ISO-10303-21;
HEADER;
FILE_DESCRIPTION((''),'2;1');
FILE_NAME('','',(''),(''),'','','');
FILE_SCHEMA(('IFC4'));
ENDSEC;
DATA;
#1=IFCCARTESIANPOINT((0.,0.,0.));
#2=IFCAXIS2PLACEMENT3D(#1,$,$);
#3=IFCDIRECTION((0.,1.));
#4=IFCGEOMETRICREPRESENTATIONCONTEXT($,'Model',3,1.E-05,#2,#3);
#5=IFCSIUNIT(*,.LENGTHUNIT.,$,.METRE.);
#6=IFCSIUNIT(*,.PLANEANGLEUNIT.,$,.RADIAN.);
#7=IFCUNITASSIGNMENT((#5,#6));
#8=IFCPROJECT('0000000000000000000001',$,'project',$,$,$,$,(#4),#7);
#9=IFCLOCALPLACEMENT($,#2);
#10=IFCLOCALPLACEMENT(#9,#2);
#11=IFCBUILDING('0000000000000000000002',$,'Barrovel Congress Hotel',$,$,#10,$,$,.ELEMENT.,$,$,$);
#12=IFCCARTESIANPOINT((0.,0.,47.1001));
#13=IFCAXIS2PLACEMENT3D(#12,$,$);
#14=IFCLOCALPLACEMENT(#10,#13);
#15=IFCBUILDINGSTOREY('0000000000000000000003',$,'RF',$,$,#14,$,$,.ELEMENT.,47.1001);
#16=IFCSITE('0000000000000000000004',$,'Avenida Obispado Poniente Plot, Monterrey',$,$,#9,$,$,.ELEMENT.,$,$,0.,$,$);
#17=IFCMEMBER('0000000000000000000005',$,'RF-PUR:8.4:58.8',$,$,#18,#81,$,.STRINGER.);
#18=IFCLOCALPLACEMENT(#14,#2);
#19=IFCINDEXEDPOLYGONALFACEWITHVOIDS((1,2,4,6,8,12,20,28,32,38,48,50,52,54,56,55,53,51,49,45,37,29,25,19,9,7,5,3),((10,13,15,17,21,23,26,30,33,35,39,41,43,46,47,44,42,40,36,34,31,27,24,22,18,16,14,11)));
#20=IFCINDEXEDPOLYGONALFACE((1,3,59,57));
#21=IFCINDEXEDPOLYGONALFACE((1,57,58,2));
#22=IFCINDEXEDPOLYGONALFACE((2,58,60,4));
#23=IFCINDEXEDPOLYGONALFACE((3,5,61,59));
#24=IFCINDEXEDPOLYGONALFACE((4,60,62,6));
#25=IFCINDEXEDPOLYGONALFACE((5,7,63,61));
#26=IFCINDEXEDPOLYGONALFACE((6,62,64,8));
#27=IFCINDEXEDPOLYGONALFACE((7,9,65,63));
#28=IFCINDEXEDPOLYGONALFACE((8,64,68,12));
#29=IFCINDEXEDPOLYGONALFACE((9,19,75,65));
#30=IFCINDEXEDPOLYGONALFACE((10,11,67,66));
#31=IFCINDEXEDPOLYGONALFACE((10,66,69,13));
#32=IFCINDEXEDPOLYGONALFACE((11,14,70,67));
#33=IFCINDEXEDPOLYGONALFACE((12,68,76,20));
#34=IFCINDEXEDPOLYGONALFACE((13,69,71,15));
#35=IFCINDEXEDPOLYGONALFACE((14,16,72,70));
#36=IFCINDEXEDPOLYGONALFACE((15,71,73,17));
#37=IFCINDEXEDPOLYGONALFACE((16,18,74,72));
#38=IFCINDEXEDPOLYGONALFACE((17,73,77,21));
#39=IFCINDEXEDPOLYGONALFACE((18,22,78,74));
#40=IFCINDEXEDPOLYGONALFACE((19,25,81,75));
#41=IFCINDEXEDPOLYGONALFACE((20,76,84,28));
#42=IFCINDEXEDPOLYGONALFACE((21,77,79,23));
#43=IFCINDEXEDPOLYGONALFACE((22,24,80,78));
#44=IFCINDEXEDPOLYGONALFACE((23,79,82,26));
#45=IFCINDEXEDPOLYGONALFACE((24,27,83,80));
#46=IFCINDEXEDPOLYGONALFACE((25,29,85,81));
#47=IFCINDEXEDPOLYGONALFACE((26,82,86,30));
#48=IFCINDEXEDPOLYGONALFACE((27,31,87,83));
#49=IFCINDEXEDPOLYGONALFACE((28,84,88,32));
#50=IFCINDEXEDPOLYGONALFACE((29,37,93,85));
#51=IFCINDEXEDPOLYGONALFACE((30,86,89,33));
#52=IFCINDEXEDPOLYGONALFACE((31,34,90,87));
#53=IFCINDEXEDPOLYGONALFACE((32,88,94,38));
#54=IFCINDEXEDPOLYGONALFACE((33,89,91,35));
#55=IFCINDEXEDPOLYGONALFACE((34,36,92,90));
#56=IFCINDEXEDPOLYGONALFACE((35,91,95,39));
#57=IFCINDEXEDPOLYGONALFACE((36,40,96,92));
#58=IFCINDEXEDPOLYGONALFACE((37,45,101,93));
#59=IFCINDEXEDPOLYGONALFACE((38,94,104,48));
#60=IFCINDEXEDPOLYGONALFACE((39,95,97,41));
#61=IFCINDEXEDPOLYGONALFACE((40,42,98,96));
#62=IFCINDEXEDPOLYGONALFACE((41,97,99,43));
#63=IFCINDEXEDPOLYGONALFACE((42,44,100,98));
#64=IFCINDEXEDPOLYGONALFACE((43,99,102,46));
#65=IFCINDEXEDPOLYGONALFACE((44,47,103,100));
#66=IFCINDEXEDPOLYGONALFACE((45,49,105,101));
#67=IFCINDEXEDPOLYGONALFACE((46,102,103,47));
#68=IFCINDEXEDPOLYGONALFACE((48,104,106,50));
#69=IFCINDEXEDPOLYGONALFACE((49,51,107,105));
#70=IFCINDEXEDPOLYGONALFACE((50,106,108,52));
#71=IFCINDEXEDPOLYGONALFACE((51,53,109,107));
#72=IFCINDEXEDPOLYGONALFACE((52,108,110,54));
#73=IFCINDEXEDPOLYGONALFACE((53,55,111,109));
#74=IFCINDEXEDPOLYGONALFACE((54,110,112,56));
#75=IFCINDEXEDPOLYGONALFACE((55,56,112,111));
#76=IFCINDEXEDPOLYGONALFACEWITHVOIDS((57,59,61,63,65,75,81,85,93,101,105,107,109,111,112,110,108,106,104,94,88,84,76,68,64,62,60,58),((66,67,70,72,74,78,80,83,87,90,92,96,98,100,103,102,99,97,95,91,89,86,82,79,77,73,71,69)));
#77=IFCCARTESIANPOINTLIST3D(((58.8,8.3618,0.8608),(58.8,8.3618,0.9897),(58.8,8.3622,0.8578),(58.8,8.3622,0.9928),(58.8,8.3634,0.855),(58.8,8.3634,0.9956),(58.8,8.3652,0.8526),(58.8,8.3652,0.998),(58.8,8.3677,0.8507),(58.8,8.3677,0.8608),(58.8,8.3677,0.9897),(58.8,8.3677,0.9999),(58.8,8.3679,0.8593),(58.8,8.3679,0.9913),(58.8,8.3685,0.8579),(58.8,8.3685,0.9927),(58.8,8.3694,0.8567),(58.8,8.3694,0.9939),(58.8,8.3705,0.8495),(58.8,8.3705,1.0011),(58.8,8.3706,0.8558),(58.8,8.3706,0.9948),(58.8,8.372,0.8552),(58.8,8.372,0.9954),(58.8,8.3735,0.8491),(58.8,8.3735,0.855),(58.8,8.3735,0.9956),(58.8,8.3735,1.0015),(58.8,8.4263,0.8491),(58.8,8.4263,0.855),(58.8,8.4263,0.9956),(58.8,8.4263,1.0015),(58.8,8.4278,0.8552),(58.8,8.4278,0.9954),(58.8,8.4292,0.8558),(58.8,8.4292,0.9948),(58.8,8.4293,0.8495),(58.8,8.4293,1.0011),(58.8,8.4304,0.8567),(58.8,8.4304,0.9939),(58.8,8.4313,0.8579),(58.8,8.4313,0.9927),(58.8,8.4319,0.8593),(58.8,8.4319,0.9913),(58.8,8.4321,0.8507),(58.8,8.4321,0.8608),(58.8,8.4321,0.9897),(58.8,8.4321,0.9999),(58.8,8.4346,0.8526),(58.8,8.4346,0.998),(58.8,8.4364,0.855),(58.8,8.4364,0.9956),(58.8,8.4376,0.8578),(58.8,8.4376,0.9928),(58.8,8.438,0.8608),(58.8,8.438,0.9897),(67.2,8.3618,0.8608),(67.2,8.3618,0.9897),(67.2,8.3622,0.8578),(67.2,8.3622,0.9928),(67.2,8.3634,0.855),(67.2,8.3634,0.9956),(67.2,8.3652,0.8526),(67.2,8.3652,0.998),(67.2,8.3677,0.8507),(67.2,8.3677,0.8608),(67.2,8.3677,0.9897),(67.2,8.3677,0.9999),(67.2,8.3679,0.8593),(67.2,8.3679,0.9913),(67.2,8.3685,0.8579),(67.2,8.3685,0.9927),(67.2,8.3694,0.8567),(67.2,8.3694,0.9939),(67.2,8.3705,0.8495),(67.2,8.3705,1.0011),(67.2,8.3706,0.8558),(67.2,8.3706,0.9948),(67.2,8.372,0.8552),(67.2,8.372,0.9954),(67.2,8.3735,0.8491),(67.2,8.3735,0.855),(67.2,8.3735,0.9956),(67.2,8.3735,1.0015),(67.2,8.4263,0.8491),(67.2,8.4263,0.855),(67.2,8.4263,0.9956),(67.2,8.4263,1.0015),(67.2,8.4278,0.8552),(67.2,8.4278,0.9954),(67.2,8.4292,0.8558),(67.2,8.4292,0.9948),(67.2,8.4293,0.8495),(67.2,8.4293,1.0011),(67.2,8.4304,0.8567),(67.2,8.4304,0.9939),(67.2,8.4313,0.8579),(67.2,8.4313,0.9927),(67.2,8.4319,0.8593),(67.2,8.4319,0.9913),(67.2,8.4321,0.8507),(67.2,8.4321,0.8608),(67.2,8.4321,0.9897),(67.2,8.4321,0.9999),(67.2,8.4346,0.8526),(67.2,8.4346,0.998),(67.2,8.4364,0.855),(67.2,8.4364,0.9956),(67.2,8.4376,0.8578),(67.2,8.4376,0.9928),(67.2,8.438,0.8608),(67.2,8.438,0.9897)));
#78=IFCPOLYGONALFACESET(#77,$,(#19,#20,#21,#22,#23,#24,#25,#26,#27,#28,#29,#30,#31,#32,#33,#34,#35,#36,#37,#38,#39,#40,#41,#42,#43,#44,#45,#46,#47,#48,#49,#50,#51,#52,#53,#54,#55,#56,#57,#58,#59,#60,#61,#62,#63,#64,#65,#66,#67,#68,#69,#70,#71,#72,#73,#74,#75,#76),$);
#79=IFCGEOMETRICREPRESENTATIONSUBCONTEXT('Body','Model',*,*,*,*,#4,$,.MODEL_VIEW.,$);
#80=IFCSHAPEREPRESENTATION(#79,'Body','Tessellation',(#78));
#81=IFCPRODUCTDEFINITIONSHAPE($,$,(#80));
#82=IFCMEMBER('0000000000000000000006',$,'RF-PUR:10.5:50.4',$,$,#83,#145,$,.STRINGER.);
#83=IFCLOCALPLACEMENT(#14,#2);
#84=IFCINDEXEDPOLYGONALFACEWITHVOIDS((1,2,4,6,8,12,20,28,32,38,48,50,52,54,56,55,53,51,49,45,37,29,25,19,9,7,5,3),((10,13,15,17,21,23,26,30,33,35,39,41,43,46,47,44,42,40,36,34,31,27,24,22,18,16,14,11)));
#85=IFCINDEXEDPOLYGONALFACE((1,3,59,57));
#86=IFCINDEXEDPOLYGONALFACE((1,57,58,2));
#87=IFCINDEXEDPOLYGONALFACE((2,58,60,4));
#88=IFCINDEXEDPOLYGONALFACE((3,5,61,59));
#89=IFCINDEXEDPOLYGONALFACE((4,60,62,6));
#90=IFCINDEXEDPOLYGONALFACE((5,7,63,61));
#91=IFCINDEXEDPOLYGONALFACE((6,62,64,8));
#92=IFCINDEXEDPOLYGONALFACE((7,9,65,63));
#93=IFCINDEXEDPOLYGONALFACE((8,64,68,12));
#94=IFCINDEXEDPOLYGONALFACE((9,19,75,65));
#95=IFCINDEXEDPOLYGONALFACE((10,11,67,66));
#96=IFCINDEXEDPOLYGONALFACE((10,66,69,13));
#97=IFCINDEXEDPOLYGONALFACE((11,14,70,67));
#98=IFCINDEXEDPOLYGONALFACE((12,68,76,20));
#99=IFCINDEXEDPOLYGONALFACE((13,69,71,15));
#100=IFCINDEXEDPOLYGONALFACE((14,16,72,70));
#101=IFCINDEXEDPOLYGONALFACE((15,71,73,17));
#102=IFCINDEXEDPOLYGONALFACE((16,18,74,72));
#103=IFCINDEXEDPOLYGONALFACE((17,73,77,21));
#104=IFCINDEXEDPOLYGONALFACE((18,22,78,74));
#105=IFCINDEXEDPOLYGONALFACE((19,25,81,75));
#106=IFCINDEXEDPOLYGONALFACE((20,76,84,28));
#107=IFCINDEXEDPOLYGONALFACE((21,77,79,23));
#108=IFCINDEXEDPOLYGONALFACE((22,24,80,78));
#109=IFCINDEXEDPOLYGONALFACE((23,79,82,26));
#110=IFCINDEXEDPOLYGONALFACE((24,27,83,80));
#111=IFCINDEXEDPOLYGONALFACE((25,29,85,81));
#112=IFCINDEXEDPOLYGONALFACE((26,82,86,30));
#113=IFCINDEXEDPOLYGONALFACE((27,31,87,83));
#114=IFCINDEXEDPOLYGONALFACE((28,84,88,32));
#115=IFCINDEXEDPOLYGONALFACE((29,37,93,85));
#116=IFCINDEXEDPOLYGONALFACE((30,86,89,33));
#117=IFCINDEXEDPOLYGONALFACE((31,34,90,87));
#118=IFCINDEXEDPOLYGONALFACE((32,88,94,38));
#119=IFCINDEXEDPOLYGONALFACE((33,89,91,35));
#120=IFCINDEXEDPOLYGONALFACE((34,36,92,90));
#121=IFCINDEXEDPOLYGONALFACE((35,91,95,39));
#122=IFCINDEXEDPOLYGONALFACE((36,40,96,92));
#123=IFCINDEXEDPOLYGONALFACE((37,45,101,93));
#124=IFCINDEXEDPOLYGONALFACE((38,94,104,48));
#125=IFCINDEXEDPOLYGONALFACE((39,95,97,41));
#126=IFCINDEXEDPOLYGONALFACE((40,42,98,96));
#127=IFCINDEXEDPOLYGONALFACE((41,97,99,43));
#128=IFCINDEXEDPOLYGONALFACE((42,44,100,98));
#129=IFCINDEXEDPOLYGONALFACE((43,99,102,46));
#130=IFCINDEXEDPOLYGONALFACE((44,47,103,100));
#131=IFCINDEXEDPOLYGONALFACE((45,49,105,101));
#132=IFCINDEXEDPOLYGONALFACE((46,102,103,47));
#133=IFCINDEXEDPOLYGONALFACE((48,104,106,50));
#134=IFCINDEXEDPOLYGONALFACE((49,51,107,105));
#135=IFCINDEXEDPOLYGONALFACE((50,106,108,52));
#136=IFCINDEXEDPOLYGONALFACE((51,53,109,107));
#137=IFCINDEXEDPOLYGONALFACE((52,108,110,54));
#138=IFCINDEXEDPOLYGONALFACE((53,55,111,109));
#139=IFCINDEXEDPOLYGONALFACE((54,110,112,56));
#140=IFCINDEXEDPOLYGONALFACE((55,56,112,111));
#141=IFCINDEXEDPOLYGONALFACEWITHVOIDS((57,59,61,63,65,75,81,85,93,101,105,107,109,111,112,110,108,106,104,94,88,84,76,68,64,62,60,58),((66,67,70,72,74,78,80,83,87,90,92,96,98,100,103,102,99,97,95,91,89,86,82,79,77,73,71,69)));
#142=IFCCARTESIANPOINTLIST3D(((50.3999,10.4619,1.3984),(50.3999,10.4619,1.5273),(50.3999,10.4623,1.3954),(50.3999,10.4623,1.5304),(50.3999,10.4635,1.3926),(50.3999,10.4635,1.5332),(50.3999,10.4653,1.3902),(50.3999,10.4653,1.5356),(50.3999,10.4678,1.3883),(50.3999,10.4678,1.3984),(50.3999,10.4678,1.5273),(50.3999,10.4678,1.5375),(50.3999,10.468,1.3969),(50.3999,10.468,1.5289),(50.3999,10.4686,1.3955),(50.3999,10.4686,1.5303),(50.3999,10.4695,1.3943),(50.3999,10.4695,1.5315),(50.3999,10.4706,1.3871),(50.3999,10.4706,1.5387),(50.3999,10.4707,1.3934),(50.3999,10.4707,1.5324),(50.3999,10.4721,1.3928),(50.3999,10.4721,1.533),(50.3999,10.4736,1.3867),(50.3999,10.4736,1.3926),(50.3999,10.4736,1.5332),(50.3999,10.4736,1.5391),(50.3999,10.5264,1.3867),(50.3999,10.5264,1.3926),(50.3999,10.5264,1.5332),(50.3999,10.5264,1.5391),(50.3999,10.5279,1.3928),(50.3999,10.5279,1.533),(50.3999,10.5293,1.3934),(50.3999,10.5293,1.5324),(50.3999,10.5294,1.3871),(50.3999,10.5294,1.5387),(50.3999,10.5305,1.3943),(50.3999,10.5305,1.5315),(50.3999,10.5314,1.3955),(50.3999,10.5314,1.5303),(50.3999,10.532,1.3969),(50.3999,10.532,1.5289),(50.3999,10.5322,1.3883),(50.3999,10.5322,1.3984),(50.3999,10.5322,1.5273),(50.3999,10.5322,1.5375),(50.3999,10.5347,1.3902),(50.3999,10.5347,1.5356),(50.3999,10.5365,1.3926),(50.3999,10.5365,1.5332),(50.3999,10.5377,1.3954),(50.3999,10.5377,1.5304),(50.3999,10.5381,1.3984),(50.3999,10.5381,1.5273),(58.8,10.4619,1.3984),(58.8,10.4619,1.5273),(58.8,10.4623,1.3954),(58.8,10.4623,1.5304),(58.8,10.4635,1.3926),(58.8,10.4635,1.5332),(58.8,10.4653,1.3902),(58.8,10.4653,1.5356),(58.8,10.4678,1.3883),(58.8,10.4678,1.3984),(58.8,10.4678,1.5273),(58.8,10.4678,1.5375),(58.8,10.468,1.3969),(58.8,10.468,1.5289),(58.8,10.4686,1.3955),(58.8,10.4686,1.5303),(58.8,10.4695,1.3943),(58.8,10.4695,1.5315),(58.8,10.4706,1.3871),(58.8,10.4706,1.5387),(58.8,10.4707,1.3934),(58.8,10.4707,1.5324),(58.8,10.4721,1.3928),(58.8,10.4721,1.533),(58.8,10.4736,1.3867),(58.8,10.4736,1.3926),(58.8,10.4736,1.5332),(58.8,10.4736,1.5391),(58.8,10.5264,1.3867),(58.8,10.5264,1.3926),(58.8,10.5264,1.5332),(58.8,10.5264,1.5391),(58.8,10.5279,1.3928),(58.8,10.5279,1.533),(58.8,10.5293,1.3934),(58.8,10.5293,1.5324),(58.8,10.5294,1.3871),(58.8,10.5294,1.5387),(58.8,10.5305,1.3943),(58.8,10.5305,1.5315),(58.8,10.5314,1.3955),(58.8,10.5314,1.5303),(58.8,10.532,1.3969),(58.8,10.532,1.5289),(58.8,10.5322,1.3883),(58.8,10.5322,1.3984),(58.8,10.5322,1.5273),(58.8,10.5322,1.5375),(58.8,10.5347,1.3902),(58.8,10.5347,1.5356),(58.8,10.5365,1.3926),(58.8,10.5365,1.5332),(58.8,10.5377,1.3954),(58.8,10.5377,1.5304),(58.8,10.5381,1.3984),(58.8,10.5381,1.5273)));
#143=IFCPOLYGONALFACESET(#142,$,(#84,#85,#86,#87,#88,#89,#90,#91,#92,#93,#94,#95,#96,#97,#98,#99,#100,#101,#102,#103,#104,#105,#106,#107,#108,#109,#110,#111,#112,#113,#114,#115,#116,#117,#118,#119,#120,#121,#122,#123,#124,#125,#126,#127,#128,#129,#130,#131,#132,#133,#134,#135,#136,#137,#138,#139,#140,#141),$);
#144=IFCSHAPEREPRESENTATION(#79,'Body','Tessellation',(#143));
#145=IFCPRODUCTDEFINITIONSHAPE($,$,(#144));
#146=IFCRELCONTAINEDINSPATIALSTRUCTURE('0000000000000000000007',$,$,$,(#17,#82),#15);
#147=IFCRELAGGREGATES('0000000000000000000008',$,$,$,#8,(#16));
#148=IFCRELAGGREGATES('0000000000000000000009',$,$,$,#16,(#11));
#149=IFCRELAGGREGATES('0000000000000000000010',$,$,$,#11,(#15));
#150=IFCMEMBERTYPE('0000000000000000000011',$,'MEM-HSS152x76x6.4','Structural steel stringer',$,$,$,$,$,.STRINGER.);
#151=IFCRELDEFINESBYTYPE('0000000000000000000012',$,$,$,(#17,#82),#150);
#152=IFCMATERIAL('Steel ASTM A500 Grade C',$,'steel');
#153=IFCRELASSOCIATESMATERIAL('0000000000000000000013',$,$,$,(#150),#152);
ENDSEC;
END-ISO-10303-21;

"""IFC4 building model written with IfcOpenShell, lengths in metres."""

from ifc_helpers import new_model, si_unit, direction, frame, origin, origin_2d, place, context, subcontext, project, spatial, hollow_rectangle, extrude, material, material_profile, profile_set, type_object, element, save


model = new_model("IFC4")

# Units and contexts
model_context = context("Model", 3, precision=1e-05, world=origin(), true_north=direction((0.0, 1.0)))
body_context = subcontext(model_context, "Body", "Model", "MODEL_VIEW")
ifc_project = project(units=[si_unit("LENGTHUNIT", "METRE"), si_unit("PLANEANGLEUNIT", "RADIAN")], contexts=[model_context])

# Site, building, storey
site_placement = place(None, origin())
site = spatial("IfcSite", under=ifc_project, at=site_placement, Name="Avenida Obispado Poniente Plot, Monterrey", CompositionType="ELEMENT", RefElevation=0.0)
building_placement = place(site_placement, origin())
building = spatial("IfcBuilding", under=site, at=building_placement, Name="Barrovel Congress Hotel", CompositionType="ELEMENT")
storey_placement = place(building_placement, frame((0.0, 0.0, 47.1001)))
storey = spatial("IfcBuildingStorey", under=building, at=storey_placement, Name="RF", CompositionType="ELEMENT", Elevation=47.1001)

# Members
ifc_material_1 = material(Name="Steel ASTM A500 Grade C", Category="steel")
ifc_material_profile_1 = material_profile(ifc_material_1, hollow_rectangle(XDim=0.0762, YDim=0.1523, WallThickness=0.0059, InnerFilletRadius=0.0059, OuterFilletRadius=0.0117, at=origin_2d()), Name="HSS152x76x6.4")
ifc_profile_set_1 = profile_set([ifc_material_profile_1], Name="Steel ASTM A500 Grade C")
member_type_1 = type_object("IfcMemberType", Name="MEM-HSS152x76x6.4", Description="Structural steel stringer", PredefinedType="STRINGER", material=ifc_profile_set_1)
member_1_placement = place(storey_placement, frame((58.8, 8.3999, 0.9253), z_axis=(1.0, 0.0, 0.0), x_axis=(0.0, 1.0, 0.0)))
element("IfcMember", 1, at=member_1_placement, inside=storey, type_object=member_type_1, Name="RF-PUR:8.4:58.8", PredefinedType="STRINGER", context=body_context, shape_type="SweptSolid", body=[
    extrude(hollow_rectangle(XDim=0.0762, YDim=0.1523, WallThickness=0.0059, InnerFilletRadius=0.0059, OuterFilletRadius=0.0117, at=origin_2d()), origin(), (0.0, 0.0, 1.0), 8.3999),
])
member_2_placement = place(storey_placement, frame((50.3999, 10.5, 1.4629), z_axis=(1.0, 0.0, 0.0), x_axis=(0.0, 1.0, 0.0)))
element("IfcMember", 2, at=member_2_placement, inside=storey, type_object=member_type_1, Name="RF-PUR:10.5:50.4", PredefinedType="STRINGER", context=body_context, shape_type="SweptSolid", body=[
    extrude(hollow_rectangle(XDim=0.0762, YDim=0.1523, WallThickness=0.0059, InnerFilletRadius=0.0059, OuterFilletRadius=0.0117, at=origin_2d()), origin(), (0.0, 0.0, 1.0), 8.4001),
])

save(model, "model.ifc")
